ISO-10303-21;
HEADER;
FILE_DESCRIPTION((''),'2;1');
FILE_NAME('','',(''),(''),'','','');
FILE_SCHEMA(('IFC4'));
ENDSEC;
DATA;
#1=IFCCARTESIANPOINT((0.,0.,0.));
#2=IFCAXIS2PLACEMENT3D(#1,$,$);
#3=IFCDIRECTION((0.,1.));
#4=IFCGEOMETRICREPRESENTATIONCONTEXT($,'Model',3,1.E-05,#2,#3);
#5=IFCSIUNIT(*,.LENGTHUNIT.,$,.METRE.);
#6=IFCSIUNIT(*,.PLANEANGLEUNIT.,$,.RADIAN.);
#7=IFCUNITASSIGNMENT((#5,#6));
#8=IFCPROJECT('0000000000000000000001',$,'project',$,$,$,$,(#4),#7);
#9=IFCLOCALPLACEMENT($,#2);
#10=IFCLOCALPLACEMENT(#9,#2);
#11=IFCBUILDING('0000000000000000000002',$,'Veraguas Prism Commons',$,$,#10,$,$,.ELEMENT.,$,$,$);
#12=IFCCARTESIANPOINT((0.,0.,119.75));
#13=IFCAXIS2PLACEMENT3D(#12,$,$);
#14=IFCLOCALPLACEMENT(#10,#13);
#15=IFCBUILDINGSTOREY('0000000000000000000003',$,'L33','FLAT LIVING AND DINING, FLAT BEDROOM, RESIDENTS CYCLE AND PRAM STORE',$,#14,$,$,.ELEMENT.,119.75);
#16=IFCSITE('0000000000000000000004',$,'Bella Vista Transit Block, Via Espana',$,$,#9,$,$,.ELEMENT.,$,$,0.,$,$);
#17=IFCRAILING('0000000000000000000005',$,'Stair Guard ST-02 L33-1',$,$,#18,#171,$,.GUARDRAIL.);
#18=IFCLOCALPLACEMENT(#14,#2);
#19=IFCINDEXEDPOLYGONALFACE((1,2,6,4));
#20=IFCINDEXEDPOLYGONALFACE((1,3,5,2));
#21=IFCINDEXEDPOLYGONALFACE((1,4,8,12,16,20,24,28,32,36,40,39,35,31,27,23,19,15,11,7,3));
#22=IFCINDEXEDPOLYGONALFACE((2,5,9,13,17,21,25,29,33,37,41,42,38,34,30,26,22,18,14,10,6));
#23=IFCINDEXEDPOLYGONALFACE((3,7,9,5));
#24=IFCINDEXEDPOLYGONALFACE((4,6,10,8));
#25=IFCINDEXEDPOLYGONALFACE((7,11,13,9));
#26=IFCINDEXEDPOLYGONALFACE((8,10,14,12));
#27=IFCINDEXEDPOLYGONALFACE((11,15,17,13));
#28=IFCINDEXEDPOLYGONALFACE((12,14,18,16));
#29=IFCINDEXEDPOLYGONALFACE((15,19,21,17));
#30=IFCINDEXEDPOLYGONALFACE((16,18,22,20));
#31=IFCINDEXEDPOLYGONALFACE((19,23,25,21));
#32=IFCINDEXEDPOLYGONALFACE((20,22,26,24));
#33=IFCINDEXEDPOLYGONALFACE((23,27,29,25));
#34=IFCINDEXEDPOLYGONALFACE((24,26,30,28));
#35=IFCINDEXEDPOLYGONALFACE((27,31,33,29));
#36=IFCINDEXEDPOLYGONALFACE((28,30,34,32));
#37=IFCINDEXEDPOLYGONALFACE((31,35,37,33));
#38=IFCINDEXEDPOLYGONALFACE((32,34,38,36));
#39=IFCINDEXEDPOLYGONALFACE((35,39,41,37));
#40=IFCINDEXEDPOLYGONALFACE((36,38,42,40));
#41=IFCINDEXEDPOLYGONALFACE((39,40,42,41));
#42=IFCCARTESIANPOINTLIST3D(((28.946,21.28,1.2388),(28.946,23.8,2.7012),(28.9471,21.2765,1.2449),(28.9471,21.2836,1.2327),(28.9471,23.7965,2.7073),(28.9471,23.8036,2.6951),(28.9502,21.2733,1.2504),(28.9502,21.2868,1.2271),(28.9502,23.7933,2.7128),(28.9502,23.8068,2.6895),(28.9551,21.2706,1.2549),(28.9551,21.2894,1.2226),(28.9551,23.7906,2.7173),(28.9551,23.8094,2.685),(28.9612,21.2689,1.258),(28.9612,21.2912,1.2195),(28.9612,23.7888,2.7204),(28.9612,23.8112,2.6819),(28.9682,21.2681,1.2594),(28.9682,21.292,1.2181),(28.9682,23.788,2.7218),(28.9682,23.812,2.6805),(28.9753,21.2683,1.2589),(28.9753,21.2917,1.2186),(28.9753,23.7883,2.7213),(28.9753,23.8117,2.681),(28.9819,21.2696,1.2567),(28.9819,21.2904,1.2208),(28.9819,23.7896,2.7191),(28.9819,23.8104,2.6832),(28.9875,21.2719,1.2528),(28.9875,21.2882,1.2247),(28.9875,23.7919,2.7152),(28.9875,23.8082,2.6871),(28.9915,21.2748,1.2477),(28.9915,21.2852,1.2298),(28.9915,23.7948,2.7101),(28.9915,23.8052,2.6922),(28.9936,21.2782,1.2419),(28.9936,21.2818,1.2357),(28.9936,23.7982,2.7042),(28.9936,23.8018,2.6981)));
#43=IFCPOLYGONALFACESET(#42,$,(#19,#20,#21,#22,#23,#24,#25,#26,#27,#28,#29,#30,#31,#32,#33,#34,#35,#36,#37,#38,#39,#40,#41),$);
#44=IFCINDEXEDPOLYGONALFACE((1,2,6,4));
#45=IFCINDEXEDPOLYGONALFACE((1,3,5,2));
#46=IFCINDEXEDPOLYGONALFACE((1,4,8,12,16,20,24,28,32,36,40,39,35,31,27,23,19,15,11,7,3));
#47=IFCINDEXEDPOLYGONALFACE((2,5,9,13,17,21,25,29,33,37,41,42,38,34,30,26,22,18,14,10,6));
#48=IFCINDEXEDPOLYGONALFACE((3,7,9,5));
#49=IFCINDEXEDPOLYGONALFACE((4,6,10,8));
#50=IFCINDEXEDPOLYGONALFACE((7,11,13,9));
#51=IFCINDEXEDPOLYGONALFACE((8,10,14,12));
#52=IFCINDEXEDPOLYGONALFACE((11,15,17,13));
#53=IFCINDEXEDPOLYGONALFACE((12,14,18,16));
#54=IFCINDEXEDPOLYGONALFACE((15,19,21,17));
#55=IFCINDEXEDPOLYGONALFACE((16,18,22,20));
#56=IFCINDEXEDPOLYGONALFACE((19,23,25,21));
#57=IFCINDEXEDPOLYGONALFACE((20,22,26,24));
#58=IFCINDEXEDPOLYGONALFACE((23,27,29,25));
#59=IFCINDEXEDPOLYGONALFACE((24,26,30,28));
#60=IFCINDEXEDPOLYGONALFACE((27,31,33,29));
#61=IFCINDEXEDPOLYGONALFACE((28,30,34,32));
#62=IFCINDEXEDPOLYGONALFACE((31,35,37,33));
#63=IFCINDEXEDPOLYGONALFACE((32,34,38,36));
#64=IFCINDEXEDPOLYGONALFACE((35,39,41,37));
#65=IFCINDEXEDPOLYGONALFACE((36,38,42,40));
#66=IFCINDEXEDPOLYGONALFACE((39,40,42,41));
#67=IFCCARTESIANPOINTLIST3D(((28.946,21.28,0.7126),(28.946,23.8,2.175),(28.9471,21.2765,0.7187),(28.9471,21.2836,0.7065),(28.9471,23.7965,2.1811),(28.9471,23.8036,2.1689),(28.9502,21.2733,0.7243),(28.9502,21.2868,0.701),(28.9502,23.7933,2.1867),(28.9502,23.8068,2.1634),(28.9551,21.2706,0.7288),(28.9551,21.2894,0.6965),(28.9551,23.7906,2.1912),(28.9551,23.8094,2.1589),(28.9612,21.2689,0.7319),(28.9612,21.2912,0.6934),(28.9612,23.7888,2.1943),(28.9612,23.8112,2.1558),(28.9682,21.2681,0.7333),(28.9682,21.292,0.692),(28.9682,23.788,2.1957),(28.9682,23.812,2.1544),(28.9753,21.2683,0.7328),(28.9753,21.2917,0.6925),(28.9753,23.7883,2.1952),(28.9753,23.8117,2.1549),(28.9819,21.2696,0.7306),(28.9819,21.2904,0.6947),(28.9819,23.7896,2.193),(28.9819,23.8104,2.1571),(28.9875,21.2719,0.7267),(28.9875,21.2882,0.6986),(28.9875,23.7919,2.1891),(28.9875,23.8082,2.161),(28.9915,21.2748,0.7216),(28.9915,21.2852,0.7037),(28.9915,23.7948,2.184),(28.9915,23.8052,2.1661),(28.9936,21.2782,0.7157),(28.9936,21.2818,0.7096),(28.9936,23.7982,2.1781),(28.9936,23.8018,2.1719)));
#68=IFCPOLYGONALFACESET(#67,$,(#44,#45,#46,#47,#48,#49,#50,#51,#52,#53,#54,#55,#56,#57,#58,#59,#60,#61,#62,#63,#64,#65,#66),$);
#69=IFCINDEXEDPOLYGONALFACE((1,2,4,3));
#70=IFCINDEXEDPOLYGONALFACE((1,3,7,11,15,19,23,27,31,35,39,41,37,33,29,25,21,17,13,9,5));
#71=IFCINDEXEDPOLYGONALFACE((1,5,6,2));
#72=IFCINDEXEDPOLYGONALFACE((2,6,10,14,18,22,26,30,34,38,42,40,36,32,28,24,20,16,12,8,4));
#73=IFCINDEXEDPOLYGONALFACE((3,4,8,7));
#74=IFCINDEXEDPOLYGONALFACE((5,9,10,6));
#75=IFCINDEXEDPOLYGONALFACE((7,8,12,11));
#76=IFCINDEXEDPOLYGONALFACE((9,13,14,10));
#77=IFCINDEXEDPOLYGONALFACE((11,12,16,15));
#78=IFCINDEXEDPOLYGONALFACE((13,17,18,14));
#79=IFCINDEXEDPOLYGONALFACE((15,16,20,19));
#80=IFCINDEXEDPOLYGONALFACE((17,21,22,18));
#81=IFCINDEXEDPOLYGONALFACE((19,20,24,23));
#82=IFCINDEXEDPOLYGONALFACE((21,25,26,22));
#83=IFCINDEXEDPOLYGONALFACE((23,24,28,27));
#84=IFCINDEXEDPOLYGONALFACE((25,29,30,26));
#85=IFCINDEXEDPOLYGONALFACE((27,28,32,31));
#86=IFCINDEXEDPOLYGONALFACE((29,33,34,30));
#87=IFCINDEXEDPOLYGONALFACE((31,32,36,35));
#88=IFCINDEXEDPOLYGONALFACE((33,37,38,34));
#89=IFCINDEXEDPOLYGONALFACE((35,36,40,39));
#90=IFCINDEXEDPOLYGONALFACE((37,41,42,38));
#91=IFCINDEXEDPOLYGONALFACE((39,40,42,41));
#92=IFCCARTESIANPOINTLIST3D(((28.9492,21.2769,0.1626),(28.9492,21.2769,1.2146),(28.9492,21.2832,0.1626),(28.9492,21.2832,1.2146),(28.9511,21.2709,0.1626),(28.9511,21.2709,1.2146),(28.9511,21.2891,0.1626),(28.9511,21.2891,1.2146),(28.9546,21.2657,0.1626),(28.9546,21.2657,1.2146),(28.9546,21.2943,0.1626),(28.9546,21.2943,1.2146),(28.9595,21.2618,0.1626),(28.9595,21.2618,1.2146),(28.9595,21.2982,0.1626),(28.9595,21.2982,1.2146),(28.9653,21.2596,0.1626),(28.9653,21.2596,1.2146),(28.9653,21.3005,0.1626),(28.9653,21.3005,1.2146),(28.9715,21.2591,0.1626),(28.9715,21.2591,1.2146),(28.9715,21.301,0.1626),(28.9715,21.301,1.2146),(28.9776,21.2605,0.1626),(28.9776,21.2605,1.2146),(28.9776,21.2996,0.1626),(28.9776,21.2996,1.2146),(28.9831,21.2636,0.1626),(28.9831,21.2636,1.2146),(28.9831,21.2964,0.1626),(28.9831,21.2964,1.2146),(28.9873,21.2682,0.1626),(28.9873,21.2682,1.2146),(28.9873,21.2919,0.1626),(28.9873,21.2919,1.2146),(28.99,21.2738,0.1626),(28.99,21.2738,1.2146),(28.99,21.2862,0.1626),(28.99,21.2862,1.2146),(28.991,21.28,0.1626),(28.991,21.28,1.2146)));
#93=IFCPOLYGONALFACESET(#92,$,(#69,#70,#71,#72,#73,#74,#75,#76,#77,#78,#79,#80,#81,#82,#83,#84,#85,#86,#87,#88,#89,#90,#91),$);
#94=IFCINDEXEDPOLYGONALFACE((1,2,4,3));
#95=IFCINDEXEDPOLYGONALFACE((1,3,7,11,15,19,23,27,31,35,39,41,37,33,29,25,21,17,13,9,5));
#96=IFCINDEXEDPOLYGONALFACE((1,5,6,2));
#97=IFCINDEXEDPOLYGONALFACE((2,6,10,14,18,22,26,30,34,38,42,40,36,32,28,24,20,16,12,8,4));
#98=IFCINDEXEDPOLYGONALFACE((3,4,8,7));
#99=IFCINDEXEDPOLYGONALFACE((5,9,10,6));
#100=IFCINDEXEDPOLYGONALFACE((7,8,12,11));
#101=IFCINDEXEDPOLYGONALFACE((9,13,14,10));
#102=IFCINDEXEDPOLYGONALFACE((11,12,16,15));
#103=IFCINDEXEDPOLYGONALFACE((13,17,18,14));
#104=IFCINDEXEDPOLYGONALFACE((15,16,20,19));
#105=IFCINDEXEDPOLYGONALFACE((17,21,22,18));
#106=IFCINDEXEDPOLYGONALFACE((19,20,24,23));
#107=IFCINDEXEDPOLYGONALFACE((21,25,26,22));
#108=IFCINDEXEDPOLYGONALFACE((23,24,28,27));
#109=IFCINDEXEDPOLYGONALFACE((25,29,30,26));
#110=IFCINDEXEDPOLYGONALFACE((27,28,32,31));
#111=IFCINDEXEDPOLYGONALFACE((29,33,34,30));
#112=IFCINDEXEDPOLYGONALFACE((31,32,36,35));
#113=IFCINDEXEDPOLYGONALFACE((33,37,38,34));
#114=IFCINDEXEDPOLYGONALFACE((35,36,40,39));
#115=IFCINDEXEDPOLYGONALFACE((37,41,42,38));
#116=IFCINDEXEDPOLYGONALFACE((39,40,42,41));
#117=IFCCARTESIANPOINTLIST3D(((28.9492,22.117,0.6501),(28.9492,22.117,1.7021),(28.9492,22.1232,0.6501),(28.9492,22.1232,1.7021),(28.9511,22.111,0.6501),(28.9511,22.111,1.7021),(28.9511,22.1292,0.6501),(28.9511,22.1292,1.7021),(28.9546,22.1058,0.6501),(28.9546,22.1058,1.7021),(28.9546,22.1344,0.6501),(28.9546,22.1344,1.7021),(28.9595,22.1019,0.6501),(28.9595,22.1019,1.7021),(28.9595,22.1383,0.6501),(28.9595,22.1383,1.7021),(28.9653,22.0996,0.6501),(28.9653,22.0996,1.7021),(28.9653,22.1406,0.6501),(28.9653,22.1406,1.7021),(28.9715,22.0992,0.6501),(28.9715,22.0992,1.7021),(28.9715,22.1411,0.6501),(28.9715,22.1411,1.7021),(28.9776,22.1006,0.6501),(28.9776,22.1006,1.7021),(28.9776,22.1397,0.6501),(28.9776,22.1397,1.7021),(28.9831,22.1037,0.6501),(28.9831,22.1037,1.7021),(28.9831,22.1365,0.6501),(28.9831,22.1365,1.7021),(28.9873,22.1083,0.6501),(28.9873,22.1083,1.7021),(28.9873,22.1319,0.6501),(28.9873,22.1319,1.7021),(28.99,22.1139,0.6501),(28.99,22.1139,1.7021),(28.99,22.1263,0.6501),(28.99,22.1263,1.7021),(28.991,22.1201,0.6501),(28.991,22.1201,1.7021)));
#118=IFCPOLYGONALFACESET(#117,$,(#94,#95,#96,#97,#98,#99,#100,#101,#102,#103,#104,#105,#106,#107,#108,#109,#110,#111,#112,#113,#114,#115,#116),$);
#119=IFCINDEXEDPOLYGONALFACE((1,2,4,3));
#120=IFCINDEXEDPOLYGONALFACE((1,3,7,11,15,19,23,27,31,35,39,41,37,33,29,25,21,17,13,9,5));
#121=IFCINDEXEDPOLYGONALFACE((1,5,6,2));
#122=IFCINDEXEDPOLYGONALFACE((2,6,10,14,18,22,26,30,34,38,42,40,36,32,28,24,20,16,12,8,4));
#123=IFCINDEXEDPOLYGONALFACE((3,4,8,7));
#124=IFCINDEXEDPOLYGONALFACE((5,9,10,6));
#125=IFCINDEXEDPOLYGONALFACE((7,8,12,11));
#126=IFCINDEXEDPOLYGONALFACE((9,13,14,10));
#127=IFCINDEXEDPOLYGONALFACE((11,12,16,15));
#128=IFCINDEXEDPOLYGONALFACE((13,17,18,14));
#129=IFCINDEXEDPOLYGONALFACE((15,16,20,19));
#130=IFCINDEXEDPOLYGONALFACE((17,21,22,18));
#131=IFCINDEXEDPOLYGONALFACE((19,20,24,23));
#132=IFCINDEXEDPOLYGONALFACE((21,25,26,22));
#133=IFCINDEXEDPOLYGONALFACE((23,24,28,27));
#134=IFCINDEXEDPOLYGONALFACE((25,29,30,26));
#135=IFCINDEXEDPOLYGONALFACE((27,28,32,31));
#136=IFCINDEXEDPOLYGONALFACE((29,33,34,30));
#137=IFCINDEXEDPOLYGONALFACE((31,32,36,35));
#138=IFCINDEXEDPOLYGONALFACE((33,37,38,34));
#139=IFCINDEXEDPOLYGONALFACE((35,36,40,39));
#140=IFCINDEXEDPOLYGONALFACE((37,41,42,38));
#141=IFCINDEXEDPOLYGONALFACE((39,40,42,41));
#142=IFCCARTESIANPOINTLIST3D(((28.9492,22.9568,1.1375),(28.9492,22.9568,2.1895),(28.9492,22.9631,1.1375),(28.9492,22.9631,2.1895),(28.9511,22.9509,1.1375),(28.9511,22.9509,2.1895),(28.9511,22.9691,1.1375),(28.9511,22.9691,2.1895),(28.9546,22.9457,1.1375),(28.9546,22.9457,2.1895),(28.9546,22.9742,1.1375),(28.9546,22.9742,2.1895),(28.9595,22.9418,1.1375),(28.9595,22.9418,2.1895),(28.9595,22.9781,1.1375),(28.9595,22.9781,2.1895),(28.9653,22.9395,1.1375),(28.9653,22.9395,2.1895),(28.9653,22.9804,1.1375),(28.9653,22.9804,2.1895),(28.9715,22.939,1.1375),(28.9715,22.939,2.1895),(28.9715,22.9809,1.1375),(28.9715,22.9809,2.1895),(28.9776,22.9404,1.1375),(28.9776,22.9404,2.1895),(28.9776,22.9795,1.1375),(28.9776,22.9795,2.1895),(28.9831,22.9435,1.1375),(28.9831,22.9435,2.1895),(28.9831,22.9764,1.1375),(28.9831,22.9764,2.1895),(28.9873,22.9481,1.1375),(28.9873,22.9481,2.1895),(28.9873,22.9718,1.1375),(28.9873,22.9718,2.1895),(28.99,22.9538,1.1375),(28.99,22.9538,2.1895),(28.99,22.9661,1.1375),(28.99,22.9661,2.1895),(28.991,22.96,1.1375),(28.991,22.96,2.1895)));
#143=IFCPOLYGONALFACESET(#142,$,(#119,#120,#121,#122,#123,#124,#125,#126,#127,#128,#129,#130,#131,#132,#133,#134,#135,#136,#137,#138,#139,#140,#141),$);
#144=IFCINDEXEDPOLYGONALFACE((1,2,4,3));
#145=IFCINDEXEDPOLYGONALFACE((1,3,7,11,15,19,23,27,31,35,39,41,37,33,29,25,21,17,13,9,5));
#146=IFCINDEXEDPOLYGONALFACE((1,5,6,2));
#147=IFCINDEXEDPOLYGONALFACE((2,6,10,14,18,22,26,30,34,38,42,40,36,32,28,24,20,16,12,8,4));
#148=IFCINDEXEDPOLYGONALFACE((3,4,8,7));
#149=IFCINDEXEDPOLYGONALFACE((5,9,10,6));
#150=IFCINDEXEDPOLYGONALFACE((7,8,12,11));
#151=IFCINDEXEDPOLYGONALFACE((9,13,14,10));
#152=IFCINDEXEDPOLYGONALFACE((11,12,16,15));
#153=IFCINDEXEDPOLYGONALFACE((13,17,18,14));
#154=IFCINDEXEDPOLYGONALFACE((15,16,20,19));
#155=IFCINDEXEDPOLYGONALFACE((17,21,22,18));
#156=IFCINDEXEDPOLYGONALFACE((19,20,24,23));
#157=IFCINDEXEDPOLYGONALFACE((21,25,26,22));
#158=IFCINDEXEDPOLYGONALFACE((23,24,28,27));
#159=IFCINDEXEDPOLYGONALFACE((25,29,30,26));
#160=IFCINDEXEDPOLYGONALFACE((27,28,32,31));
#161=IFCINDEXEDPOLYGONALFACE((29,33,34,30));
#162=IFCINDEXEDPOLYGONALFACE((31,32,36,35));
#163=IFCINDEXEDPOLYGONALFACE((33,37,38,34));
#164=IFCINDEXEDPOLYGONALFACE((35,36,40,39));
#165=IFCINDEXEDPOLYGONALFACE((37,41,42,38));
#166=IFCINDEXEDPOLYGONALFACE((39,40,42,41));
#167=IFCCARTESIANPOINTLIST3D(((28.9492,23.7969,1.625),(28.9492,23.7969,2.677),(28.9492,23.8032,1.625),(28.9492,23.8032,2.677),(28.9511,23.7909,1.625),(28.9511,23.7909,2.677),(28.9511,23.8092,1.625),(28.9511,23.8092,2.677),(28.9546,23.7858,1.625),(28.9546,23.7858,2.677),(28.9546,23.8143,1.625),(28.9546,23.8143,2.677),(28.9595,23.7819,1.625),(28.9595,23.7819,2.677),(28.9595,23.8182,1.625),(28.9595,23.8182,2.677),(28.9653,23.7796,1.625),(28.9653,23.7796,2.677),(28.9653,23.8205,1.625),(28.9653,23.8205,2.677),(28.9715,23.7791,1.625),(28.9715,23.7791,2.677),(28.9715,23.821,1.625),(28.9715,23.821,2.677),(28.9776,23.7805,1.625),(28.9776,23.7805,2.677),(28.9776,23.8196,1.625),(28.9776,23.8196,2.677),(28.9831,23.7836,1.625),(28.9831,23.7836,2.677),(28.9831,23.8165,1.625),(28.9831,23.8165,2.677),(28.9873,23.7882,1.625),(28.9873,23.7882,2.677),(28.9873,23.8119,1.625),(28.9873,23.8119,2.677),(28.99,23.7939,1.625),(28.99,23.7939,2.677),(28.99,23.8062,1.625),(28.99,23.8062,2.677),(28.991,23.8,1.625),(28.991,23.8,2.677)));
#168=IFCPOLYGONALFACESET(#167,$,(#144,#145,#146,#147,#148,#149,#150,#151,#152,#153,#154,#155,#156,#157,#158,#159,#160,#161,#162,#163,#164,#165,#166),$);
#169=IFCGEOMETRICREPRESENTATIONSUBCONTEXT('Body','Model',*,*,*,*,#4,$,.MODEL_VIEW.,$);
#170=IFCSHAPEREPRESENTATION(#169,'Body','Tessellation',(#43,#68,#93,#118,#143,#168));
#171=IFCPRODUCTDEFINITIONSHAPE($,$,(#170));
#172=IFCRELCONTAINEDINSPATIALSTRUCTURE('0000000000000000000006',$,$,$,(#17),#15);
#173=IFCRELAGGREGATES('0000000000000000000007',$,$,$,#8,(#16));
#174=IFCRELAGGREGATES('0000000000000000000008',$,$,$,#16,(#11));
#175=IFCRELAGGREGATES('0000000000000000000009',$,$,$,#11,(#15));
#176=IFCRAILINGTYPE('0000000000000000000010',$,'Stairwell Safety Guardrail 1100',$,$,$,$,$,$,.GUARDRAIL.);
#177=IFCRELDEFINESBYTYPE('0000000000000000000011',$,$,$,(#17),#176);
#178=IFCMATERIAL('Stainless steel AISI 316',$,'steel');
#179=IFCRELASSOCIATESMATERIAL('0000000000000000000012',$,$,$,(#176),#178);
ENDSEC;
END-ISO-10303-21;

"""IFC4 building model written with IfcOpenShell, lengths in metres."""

from ifc_helpers import new_model, si_unit, direction, frame, origin, origin_2d, place, context, subcontext, project, spatial, circle, extrude, material, type_object, element, save


model = new_model("IFC4")

# Units and contexts
model_context = context("Model", 3, precision=1e-05, world=origin(), true_north=direction((0.0, 1.0)))
body_context = subcontext(model_context, "Body", "Model", "MODEL_VIEW")
ifc_project = project(units=[si_unit("LENGTHUNIT", "METRE"), si_unit("PLANEANGLEUNIT", "RADIAN")], contexts=[model_context])

# Site, building, storey
site_placement = place(None, origin())
site = spatial("IfcSite", under=ifc_project, at=site_placement, Name="Bella Vista Transit Block, Via Espana", CompositionType="ELEMENT", RefElevation=0.0)
building_placement = place(site_placement, origin())
building = spatial("IfcBuilding", under=site, at=building_placement, Name="Veraguas Prism Commons", CompositionType="ELEMENT")
storey_placement = place(building_placement, frame((0.0, 0.0, 119.75)))
storey = spatial("IfcBuildingStorey", under=building, at=storey_placement, Name="L33", Description="FLAT LIVING AND DINING, FLAT BEDROOM, RESIDENTS CYCLE AND PRAM STORE", CompositionType="ELEMENT", Elevation=119.75)

# Shared definitions
ifc_material_1 = material(Name="Stainless steel AISI 316", Category="steel")

# Railing
railing_type_1 = type_object("IfcRailingType", Name="Stairwell Safety Guardrail 1100", PredefinedType="GUARDRAIL", material=ifc_material_1)
railing_1_placement = place(storey_placement, frame((28.97, 21.28, 0.1626)))
element("IfcRailing", 1, at=railing_1_placement, inside=storey, type_object=railing_type_1, Name="Stair Guard ST-02 L33-1", PredefinedType="GUARDRAIL", context=body_context, shape_type="SweptSolid", body=[
    extrude(circle(Radius=0.0239, at=origin_2d()), frame((0.0, 0.0, 1.0762), z_axis=(0.0, 0.864913, 0.501921), x_axis=(-1.0, 0.0, 0.0)), (0.0, 0.0, 1.0), 2.9136),
    extrude(circle(Radius=0.0239, at=origin_2d()), frame((0.0, 0.0, 0.55), z_axis=(0.0, 0.864913, 0.501921), x_axis=(-1.0, 0.0, 0.0)), (0.0, 0.0, 1.0), 2.9136),
    extrude(circle(Radius=0.021, at=origin_2d()), origin(), (0.0, 0.0, 1.0), 1.052),
    extrude(circle(Radius=0.021, at=origin_2d()), frame((0.0, 0.8401, 0.4875)), (0.0, 0.0, 1.0), 1.052),
    extrude(circle(Radius=0.021, at=origin_2d()), frame((0.0, 1.6799, 0.9749)), (0.0, 0.0, 1.0), 1.052),
    extrude(circle(Radius=0.021, at=origin_2d()), frame((0.0, 2.52, 1.4624)), (0.0, 0.0, 1.0), 1.052),
])

save(model, "model.ifc")
